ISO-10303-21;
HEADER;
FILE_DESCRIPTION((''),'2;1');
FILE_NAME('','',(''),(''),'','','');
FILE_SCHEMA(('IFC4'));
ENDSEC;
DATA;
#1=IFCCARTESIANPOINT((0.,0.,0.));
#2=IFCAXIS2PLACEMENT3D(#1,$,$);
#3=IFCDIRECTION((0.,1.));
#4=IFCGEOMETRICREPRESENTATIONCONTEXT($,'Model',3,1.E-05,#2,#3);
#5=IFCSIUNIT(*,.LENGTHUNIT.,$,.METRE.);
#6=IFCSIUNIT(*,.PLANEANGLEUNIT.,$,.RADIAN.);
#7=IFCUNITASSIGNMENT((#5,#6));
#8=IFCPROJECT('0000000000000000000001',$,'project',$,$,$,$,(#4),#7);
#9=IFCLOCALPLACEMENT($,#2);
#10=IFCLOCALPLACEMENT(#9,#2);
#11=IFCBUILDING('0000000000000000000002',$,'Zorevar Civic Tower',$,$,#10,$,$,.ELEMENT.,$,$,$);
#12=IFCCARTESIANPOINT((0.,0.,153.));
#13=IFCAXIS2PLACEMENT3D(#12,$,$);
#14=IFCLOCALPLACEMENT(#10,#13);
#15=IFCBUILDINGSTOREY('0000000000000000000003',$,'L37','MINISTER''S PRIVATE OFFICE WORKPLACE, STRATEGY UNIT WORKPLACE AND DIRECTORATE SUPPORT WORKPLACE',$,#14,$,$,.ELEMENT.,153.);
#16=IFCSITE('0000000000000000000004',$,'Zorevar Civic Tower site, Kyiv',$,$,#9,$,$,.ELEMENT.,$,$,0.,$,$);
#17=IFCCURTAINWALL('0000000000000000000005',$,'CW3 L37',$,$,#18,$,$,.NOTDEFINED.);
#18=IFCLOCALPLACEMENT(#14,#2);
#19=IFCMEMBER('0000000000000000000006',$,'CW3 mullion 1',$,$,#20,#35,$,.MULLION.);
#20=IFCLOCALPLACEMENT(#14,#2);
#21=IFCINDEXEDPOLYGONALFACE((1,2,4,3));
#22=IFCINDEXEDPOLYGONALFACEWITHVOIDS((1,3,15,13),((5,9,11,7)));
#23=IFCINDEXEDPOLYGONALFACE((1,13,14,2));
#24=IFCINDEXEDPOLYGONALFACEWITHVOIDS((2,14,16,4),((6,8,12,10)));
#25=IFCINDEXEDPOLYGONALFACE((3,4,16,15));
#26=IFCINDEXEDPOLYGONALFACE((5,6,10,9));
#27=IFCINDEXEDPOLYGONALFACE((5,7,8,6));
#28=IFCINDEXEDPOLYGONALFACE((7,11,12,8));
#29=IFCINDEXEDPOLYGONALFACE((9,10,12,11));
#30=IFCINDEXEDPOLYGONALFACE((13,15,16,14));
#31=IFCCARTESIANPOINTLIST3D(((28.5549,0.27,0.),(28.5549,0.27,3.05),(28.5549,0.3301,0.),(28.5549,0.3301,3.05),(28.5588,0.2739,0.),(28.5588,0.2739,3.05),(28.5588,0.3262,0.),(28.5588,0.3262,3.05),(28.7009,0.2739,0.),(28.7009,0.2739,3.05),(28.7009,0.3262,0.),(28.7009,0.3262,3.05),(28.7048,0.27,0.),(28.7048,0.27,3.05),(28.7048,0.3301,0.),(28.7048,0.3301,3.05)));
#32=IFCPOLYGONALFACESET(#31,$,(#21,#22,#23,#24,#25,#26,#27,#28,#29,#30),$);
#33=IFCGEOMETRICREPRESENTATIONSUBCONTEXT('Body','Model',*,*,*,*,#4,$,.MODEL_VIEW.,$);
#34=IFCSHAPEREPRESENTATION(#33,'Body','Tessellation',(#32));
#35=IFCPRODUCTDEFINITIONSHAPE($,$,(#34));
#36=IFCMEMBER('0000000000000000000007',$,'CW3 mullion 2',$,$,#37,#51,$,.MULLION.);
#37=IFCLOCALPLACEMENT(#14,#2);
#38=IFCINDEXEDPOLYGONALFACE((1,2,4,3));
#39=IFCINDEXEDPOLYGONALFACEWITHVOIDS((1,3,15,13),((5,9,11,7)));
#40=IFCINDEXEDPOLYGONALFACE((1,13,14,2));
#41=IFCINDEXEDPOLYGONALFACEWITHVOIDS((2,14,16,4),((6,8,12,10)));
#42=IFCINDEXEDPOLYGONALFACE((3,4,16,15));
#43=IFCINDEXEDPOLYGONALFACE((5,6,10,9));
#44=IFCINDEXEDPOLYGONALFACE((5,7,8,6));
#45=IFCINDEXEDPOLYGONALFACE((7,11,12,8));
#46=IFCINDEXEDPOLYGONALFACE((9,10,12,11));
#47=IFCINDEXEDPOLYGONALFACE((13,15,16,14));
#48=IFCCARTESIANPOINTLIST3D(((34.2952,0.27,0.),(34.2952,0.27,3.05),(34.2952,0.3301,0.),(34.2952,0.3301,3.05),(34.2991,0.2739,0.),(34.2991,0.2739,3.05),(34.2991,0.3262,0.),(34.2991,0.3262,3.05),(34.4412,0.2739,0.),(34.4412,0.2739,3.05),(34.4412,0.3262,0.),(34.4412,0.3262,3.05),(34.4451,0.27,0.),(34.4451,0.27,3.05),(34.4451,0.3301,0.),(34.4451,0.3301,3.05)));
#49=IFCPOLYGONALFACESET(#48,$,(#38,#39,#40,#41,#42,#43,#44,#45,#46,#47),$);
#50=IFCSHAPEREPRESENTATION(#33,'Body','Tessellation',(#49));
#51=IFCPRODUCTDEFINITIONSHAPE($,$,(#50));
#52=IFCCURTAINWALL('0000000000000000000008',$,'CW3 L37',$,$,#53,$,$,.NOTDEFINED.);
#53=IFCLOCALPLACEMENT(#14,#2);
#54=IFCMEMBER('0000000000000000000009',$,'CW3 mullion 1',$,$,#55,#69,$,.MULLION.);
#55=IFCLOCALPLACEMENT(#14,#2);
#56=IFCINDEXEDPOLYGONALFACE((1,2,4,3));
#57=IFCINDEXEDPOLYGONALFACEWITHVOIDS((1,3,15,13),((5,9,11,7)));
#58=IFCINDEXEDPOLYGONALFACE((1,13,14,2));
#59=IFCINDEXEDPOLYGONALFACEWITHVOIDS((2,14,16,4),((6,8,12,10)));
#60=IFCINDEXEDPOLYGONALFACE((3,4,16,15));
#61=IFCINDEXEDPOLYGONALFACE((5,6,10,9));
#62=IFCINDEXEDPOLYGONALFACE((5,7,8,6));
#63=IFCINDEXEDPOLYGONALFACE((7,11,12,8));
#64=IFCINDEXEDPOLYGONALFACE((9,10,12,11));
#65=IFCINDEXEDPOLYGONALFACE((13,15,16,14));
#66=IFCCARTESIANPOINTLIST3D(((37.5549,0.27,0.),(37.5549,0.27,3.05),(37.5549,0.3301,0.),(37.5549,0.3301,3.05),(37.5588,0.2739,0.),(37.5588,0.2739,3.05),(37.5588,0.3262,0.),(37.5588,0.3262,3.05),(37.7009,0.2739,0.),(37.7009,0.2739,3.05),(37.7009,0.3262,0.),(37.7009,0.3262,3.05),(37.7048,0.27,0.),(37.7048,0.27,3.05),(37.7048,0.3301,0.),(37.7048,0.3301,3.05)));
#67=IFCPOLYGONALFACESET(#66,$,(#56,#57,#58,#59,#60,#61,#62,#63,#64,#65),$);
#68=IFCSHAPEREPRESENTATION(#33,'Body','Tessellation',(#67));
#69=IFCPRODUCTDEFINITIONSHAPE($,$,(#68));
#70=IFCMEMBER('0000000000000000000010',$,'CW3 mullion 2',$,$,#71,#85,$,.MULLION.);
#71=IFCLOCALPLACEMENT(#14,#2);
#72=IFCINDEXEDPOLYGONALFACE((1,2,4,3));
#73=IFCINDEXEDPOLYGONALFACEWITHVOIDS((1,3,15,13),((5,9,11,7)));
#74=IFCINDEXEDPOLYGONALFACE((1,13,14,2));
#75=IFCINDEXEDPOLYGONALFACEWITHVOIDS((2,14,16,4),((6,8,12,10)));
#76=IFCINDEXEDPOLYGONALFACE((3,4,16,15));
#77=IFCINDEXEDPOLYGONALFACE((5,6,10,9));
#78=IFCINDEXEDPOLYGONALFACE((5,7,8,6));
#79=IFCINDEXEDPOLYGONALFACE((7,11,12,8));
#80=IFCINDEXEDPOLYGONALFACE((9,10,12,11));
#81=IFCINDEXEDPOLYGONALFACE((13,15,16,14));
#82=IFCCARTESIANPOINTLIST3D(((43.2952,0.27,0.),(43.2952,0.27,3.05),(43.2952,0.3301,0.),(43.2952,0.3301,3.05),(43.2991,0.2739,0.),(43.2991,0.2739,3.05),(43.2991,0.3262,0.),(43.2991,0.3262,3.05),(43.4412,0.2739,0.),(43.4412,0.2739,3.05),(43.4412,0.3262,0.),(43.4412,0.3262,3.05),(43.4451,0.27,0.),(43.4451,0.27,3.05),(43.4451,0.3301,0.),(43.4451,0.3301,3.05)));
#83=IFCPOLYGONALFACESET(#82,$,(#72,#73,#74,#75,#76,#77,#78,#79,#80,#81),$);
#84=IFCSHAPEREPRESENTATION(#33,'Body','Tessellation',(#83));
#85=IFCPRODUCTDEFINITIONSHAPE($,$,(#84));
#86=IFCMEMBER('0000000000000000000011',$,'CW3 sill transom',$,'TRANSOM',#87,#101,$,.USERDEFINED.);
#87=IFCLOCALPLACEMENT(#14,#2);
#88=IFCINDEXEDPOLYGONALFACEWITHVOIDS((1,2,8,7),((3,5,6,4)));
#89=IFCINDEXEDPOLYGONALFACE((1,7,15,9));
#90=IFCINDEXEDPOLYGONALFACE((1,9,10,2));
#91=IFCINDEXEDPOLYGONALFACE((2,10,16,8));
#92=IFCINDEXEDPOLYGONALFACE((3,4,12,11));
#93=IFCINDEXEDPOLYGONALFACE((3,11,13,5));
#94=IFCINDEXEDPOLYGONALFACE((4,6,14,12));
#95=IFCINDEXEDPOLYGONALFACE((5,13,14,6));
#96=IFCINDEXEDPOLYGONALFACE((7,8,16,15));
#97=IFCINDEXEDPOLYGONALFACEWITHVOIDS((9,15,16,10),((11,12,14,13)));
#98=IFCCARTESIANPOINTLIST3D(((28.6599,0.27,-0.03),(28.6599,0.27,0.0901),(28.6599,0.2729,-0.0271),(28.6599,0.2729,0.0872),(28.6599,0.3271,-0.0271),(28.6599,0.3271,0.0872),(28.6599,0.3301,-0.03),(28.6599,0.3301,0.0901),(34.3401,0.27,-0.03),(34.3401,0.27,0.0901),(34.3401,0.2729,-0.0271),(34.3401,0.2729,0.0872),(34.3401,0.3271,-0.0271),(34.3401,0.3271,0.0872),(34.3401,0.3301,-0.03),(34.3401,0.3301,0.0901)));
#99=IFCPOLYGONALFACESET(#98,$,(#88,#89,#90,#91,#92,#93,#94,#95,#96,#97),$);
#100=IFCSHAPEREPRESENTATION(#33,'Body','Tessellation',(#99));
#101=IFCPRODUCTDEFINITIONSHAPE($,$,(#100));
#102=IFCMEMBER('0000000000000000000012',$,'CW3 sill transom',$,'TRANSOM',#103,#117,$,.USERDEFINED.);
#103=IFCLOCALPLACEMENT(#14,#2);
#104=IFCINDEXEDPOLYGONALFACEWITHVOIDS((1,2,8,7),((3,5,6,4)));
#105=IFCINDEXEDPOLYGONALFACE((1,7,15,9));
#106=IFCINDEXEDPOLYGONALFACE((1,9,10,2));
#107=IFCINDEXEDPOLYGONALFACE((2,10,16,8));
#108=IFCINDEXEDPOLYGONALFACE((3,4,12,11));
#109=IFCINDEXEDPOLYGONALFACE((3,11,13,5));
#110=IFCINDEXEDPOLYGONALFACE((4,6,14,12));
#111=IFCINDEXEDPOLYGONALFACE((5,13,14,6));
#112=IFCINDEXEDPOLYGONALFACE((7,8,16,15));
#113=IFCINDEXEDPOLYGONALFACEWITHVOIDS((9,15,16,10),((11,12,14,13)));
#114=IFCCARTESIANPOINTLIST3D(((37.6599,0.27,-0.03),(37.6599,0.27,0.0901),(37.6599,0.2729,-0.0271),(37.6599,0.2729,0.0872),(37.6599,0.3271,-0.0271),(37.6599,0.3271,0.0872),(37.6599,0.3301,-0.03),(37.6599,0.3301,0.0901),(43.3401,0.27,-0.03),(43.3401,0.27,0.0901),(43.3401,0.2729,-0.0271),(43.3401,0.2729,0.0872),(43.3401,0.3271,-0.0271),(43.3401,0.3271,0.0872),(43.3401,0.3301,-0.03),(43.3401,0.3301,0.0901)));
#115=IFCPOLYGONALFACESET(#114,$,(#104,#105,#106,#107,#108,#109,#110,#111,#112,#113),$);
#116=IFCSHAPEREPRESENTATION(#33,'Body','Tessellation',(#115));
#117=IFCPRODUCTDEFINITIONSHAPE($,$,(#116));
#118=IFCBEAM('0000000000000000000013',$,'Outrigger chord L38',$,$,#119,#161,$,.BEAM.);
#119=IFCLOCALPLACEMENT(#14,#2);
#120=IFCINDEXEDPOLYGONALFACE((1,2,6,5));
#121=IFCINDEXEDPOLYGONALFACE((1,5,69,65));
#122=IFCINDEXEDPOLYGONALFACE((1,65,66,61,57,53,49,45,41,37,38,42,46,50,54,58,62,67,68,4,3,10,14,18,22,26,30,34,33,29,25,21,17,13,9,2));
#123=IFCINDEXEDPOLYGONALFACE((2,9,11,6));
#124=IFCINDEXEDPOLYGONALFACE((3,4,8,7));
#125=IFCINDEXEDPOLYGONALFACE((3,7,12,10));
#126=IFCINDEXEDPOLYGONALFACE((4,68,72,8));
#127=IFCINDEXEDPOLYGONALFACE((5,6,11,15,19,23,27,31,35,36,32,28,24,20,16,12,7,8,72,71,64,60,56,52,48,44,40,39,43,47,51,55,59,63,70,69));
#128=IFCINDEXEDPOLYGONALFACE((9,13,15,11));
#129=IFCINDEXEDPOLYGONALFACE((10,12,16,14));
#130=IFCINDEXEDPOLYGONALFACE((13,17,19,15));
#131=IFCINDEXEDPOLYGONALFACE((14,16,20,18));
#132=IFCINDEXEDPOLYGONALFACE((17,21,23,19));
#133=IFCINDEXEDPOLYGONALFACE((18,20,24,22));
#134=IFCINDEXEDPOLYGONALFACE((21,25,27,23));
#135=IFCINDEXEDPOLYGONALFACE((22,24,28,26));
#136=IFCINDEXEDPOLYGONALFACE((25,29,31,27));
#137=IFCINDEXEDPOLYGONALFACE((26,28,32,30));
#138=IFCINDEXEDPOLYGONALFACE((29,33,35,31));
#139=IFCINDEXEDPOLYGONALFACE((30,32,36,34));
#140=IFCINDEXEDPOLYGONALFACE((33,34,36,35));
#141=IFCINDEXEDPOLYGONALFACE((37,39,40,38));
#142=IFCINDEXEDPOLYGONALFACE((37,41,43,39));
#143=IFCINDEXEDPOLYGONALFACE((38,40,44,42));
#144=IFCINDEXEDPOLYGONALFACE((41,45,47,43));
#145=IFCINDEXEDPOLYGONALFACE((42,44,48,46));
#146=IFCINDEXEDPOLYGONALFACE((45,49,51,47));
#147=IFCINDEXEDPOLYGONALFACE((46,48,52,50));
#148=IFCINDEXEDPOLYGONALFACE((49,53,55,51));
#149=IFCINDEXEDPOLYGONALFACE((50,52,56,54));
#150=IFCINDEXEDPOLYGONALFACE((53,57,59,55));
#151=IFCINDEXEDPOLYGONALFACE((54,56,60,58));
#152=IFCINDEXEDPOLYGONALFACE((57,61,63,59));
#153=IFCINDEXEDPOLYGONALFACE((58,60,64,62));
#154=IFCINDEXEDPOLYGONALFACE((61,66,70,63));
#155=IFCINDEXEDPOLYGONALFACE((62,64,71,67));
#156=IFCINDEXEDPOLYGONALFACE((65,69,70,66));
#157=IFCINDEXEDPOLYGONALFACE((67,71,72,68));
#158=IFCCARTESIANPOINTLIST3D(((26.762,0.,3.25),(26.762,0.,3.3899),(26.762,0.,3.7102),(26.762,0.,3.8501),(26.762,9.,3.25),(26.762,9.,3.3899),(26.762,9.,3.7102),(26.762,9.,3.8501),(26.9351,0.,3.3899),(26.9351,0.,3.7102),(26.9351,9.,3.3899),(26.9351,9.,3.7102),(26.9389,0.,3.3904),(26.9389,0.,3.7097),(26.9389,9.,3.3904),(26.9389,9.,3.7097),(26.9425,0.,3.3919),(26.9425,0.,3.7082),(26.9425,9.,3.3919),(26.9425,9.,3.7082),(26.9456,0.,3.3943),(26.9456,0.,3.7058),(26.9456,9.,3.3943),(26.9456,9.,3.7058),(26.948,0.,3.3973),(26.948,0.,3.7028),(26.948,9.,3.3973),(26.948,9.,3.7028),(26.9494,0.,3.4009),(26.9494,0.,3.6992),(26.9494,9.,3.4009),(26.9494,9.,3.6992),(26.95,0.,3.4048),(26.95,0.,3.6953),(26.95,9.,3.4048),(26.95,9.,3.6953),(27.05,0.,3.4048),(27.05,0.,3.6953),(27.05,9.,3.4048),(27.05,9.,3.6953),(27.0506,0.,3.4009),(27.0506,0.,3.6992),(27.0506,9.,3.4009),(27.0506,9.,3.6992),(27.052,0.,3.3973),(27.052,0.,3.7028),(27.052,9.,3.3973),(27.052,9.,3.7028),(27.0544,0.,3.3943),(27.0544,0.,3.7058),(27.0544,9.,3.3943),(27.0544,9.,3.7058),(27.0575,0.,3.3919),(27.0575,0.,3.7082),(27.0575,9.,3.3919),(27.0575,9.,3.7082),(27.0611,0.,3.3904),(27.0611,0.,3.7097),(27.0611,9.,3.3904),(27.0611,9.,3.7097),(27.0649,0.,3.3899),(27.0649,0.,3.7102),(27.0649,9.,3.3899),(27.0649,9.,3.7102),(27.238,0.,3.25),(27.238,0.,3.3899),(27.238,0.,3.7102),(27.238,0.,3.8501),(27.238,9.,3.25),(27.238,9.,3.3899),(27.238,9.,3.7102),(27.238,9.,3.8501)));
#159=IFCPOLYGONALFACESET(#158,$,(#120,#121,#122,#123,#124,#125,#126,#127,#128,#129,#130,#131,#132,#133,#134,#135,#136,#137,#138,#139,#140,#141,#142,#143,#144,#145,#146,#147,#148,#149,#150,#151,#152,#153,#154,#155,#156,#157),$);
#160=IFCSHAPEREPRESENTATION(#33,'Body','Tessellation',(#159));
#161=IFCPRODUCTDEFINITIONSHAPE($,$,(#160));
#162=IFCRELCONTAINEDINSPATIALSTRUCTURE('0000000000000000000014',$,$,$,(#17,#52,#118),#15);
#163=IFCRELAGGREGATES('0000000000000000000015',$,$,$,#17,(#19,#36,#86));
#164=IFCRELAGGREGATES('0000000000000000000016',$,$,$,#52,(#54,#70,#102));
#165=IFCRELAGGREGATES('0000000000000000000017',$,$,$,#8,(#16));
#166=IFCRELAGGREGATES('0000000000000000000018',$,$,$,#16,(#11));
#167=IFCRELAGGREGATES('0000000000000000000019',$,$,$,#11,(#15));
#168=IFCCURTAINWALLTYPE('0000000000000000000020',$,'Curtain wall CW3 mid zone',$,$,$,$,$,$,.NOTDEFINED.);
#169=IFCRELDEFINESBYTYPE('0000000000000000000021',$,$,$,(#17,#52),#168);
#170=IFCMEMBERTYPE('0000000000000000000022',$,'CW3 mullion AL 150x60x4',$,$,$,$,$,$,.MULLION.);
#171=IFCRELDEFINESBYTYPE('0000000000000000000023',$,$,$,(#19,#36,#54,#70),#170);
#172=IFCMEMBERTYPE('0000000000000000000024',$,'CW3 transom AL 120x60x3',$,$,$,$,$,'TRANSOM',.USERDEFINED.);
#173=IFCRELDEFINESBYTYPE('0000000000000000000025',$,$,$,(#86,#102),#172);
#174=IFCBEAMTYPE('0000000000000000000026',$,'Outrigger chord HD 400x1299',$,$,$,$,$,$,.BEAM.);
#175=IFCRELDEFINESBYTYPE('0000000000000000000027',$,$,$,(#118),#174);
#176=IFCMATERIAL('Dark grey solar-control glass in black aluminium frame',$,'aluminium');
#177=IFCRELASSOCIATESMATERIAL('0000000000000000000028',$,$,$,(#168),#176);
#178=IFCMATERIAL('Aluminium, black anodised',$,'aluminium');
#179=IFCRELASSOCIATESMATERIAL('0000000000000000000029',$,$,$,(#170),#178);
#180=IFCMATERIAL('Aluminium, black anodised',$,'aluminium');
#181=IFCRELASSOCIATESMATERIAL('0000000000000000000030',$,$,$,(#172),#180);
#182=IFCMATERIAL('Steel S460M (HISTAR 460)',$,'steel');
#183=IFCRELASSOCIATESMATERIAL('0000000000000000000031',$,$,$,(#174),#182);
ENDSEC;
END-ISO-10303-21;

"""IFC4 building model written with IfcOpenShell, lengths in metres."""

from ifc_helpers import new_model, si_unit, direction, frame, origin, origin_2d, place, context, subcontext, project, spatial, hollow_rectangle, i_section, extrude, material, material_profile, profile_set, type_object, element, aggregate, save


model = new_model("IFC4")

# Units and contexts
model_context = context("Model", 3, precision=1e-05, world=origin(), true_north=direction((0.0, 1.0)))
body_context = subcontext(model_context, "Body", "Model", "MODEL_VIEW")
ifc_project = project(units=[si_unit("LENGTHUNIT", "METRE"), si_unit("PLANEANGLEUNIT", "RADIAN")], contexts=[model_context])

# Site, building, storey
site_placement = place(None, origin())
site = spatial("IfcSite", under=ifc_project, at=site_placement, Name="Zorevar Civic Tower site, Kyiv", CompositionType="ELEMENT", RefElevation=0.0)
building_placement = place(site_placement, origin())
building = spatial("IfcBuilding", under=site, at=building_placement, Name="Zorevar Civic Tower", CompositionType="ELEMENT")
storey_placement = place(building_placement, frame((0.0, 0.0, 153.0)))
storey = spatial("IfcBuildingStorey", under=building, at=storey_placement, Name="L37", Description="MINISTER'S PRIVATE OFFICE WORKPLACE, STRATEGY UNIT WORKPLACE AND DIRECTORATE SUPPORT WORKPLACE", CompositionType="ELEMENT", Elevation=153.0)

# Curtain walls, members
ifc_material_1 = material(Name="Dark grey solar-control glass in black aluminium frame", Category="aluminium")
curtain_wall_type = type_object("IfcCurtainWallType", Name="Curtain wall CW3 mid zone", PredefinedType="NOTDEFINED", material=ifc_material_1)
curtain_wall_1_placement = place(storey_placement, origin())
curtain_wall_1 = element("IfcCurtainWall", 1, at=curtain_wall_1_placement, inside=storey, type_object=curtain_wall_type, Name="CW3 L37", PredefinedType="NOTDEFINED")
ifc_material_2 = material(Name="Aluminium, black anodised", Category="aluminium")
ifc_material_profile_1 = material_profile(ifc_material_2, hollow_rectangle(XDim=0.0601, YDim=0.1499, WallThickness=0.0039, at=origin_2d()), Name="AL 150x60x4")
ifc_profile_set_1 = profile_set([ifc_material_profile_1], Name="Aluminium, black anodised")
member_type_1 = type_object("IfcMemberType", Name="CW3 mullion AL 150x60x4", PredefinedType="MULLION", material=ifc_profile_set_1)
member_1_placement = place(storey_placement, frame((28.6299, 0.3, 0.0), z_axis=(0.0, 0.0, 1.0), x_axis=(0.0, 1.0, 0.0)))
member_1 = element("IfcMember", 2, at=member_1_placement, type_object=member_type_1, Name="CW3 mullion 1", PredefinedType="MULLION", context=body_context, shape_type="SweptSolid", body=[
    extrude(hollow_rectangle(XDim=0.0601, YDim=0.1499, WallThickness=0.0039, at=origin_2d()), origin(), (0.0, 0.0, 1.0), 3.05),
])
member_2_placement = place(storey_placement, frame((34.3701, 0.3, 0.0), z_axis=(0.0, 0.0, 1.0), x_axis=(0.0, 1.0, 0.0)))
member_2 = element("IfcMember", 3, at=member_2_placement, type_object=member_type_1, Name="CW3 mullion 2", PredefinedType="MULLION", context=body_context, shape_type="SweptSolid", body=[
    extrude(hollow_rectangle(XDim=0.0601, YDim=0.1499, WallThickness=0.0039, at=origin_2d()), origin(), (0.0, 0.0, 1.0), 3.05),
])
curtain_wall_2_placement = place(storey_placement, origin())
curtain_wall_2 = element("IfcCurtainWall", 4, at=curtain_wall_2_placement, inside=storey, type_object=curtain_wall_type, Name="CW3 L37", PredefinedType="NOTDEFINED")
member_3_placement = place(storey_placement, frame((37.6299, 0.3, 0.0), z_axis=(0.0, 0.0, 1.0), x_axis=(0.0, 1.0, 0.0)))
member_3 = element("IfcMember", 5, at=member_3_placement, type_object=member_type_1, Name="CW3 mullion 1", PredefinedType="MULLION", context=body_context, shape_type="SweptSolid", body=[
    extrude(hollow_rectangle(XDim=0.0601, YDim=0.1499, WallThickness=0.0039, at=origin_2d()), origin(), (0.0, 0.0, 1.0), 3.05),
])
member_4_placement = place(storey_placement, frame((43.3701, 0.3, 0.0), z_axis=(0.0, 0.0, 1.0), x_axis=(0.0, 1.0, 0.0)))
member_4 = element("IfcMember", 6, at=member_4_placement, type_object=member_type_1, Name="CW3 mullion 2", PredefinedType="MULLION", context=body_context, shape_type="SweptSolid", body=[
    extrude(hollow_rectangle(XDim=0.0601, YDim=0.1499, WallThickness=0.0039, at=origin_2d()), origin(), (0.0, 0.0, 1.0), 3.05),
])

# Members
ifc_material_3 = material(Name="Aluminium, black anodised", Category="aluminium")
ifc_material_profile_2 = material_profile(ifc_material_3, hollow_rectangle(XDim=0.0601, YDim=0.1201, WallThickness=0.0029, at=origin_2d()), Name="AL 120x60x3")
ifc_profile_set_2 = profile_set([ifc_material_profile_2], Name="Aluminium, black anodised")
member_type_2 = type_object("IfcMemberType", Name="CW3 transom AL 120x60x3", ElementType="TRANSOM", PredefinedType="USERDEFINED", material=ifc_profile_set_2)
member_5_placement = place(storey_placement, frame((28.6599, 0.3, 0.03), z_axis=(1.0, 0.0, 0.0), x_axis=(0.0, 1.0, 0.0)))
member_5 = element("IfcMember", 7, at=member_5_placement, type_object=member_type_2, Name="CW3 sill transom", ObjectType="TRANSOM", PredefinedType="USERDEFINED", context=body_context, shape_type="SweptSolid", body=[
    extrude(hollow_rectangle(XDim=0.0601, YDim=0.1201, WallThickness=0.0029, at=origin_2d()), origin(), (0.0, 0.0, 1.0), 5.6802),
])
member_6_placement = place(storey_placement, frame((37.6599, 0.3, 0.03), z_axis=(1.0, 0.0, 0.0), x_axis=(0.0, 1.0, 0.0)))
member_6 = element("IfcMember", 8, at=member_6_placement, type_object=member_type_2, Name="CW3 sill transom", ObjectType="TRANSOM", PredefinedType="USERDEFINED", context=body_context, shape_type="SweptSolid", body=[
    extrude(hollow_rectangle(XDim=0.0601, YDim=0.1201, WallThickness=0.0029, at=origin_2d()), origin(), (0.0, 0.0, 1.0), 5.6802),
])

# Beam
ifc_material_4 = material(Name="Steel S460M (HISTAR 460)", Category="steel")
ifc_material_profile_3 = material_profile(ifc_material_4, i_section(OverallWidth=0.4761, OverallDepth=0.6001, WebThickness=0.1001, FlangeThickness=0.1399, FilletRadius=0.0149, at=origin_2d()), Name="HD 400x1299")
ifc_profile_set_3 = profile_set([ifc_material_profile_3], Name="Steel S460M (HISTAR 460)")
beam_type_1 = type_object("IfcBeamType", Name="Outrigger chord HD 400x1299", PredefinedType="BEAM", material=ifc_profile_set_3)
for number, where, z_axis, x_axis, name in (
    (9, (27.0, 0.0, 3.55), (0.0, 1.0, 0.0), (-1.0, 0.0, 0.0), "Outrigger chord L38"),
):
    element("IfcBeam", number, at=place(storey_placement, frame(where, z_axis=z_axis, x_axis=x_axis)), inside=storey, type_object=beam_type_1, Name=name, PredefinedType="BEAM", context=body_context, shape_type="SweptSolid", body=[
        extrude(i_section(OverallWidth=0.4761, OverallDepth=0.6001, WebThickness=0.1001, FlangeThickness=0.1399, FilletRadius=0.0149, at=origin_2d()), origin(), (0.0, 0.0, 1.0), 9.0),
    ])

aggregate(curtain_wall_1, [member_1, member_2, member_5])
aggregate(curtain_wall_2, [member_3, member_4, member_6])

save(model, "model.ifc")
